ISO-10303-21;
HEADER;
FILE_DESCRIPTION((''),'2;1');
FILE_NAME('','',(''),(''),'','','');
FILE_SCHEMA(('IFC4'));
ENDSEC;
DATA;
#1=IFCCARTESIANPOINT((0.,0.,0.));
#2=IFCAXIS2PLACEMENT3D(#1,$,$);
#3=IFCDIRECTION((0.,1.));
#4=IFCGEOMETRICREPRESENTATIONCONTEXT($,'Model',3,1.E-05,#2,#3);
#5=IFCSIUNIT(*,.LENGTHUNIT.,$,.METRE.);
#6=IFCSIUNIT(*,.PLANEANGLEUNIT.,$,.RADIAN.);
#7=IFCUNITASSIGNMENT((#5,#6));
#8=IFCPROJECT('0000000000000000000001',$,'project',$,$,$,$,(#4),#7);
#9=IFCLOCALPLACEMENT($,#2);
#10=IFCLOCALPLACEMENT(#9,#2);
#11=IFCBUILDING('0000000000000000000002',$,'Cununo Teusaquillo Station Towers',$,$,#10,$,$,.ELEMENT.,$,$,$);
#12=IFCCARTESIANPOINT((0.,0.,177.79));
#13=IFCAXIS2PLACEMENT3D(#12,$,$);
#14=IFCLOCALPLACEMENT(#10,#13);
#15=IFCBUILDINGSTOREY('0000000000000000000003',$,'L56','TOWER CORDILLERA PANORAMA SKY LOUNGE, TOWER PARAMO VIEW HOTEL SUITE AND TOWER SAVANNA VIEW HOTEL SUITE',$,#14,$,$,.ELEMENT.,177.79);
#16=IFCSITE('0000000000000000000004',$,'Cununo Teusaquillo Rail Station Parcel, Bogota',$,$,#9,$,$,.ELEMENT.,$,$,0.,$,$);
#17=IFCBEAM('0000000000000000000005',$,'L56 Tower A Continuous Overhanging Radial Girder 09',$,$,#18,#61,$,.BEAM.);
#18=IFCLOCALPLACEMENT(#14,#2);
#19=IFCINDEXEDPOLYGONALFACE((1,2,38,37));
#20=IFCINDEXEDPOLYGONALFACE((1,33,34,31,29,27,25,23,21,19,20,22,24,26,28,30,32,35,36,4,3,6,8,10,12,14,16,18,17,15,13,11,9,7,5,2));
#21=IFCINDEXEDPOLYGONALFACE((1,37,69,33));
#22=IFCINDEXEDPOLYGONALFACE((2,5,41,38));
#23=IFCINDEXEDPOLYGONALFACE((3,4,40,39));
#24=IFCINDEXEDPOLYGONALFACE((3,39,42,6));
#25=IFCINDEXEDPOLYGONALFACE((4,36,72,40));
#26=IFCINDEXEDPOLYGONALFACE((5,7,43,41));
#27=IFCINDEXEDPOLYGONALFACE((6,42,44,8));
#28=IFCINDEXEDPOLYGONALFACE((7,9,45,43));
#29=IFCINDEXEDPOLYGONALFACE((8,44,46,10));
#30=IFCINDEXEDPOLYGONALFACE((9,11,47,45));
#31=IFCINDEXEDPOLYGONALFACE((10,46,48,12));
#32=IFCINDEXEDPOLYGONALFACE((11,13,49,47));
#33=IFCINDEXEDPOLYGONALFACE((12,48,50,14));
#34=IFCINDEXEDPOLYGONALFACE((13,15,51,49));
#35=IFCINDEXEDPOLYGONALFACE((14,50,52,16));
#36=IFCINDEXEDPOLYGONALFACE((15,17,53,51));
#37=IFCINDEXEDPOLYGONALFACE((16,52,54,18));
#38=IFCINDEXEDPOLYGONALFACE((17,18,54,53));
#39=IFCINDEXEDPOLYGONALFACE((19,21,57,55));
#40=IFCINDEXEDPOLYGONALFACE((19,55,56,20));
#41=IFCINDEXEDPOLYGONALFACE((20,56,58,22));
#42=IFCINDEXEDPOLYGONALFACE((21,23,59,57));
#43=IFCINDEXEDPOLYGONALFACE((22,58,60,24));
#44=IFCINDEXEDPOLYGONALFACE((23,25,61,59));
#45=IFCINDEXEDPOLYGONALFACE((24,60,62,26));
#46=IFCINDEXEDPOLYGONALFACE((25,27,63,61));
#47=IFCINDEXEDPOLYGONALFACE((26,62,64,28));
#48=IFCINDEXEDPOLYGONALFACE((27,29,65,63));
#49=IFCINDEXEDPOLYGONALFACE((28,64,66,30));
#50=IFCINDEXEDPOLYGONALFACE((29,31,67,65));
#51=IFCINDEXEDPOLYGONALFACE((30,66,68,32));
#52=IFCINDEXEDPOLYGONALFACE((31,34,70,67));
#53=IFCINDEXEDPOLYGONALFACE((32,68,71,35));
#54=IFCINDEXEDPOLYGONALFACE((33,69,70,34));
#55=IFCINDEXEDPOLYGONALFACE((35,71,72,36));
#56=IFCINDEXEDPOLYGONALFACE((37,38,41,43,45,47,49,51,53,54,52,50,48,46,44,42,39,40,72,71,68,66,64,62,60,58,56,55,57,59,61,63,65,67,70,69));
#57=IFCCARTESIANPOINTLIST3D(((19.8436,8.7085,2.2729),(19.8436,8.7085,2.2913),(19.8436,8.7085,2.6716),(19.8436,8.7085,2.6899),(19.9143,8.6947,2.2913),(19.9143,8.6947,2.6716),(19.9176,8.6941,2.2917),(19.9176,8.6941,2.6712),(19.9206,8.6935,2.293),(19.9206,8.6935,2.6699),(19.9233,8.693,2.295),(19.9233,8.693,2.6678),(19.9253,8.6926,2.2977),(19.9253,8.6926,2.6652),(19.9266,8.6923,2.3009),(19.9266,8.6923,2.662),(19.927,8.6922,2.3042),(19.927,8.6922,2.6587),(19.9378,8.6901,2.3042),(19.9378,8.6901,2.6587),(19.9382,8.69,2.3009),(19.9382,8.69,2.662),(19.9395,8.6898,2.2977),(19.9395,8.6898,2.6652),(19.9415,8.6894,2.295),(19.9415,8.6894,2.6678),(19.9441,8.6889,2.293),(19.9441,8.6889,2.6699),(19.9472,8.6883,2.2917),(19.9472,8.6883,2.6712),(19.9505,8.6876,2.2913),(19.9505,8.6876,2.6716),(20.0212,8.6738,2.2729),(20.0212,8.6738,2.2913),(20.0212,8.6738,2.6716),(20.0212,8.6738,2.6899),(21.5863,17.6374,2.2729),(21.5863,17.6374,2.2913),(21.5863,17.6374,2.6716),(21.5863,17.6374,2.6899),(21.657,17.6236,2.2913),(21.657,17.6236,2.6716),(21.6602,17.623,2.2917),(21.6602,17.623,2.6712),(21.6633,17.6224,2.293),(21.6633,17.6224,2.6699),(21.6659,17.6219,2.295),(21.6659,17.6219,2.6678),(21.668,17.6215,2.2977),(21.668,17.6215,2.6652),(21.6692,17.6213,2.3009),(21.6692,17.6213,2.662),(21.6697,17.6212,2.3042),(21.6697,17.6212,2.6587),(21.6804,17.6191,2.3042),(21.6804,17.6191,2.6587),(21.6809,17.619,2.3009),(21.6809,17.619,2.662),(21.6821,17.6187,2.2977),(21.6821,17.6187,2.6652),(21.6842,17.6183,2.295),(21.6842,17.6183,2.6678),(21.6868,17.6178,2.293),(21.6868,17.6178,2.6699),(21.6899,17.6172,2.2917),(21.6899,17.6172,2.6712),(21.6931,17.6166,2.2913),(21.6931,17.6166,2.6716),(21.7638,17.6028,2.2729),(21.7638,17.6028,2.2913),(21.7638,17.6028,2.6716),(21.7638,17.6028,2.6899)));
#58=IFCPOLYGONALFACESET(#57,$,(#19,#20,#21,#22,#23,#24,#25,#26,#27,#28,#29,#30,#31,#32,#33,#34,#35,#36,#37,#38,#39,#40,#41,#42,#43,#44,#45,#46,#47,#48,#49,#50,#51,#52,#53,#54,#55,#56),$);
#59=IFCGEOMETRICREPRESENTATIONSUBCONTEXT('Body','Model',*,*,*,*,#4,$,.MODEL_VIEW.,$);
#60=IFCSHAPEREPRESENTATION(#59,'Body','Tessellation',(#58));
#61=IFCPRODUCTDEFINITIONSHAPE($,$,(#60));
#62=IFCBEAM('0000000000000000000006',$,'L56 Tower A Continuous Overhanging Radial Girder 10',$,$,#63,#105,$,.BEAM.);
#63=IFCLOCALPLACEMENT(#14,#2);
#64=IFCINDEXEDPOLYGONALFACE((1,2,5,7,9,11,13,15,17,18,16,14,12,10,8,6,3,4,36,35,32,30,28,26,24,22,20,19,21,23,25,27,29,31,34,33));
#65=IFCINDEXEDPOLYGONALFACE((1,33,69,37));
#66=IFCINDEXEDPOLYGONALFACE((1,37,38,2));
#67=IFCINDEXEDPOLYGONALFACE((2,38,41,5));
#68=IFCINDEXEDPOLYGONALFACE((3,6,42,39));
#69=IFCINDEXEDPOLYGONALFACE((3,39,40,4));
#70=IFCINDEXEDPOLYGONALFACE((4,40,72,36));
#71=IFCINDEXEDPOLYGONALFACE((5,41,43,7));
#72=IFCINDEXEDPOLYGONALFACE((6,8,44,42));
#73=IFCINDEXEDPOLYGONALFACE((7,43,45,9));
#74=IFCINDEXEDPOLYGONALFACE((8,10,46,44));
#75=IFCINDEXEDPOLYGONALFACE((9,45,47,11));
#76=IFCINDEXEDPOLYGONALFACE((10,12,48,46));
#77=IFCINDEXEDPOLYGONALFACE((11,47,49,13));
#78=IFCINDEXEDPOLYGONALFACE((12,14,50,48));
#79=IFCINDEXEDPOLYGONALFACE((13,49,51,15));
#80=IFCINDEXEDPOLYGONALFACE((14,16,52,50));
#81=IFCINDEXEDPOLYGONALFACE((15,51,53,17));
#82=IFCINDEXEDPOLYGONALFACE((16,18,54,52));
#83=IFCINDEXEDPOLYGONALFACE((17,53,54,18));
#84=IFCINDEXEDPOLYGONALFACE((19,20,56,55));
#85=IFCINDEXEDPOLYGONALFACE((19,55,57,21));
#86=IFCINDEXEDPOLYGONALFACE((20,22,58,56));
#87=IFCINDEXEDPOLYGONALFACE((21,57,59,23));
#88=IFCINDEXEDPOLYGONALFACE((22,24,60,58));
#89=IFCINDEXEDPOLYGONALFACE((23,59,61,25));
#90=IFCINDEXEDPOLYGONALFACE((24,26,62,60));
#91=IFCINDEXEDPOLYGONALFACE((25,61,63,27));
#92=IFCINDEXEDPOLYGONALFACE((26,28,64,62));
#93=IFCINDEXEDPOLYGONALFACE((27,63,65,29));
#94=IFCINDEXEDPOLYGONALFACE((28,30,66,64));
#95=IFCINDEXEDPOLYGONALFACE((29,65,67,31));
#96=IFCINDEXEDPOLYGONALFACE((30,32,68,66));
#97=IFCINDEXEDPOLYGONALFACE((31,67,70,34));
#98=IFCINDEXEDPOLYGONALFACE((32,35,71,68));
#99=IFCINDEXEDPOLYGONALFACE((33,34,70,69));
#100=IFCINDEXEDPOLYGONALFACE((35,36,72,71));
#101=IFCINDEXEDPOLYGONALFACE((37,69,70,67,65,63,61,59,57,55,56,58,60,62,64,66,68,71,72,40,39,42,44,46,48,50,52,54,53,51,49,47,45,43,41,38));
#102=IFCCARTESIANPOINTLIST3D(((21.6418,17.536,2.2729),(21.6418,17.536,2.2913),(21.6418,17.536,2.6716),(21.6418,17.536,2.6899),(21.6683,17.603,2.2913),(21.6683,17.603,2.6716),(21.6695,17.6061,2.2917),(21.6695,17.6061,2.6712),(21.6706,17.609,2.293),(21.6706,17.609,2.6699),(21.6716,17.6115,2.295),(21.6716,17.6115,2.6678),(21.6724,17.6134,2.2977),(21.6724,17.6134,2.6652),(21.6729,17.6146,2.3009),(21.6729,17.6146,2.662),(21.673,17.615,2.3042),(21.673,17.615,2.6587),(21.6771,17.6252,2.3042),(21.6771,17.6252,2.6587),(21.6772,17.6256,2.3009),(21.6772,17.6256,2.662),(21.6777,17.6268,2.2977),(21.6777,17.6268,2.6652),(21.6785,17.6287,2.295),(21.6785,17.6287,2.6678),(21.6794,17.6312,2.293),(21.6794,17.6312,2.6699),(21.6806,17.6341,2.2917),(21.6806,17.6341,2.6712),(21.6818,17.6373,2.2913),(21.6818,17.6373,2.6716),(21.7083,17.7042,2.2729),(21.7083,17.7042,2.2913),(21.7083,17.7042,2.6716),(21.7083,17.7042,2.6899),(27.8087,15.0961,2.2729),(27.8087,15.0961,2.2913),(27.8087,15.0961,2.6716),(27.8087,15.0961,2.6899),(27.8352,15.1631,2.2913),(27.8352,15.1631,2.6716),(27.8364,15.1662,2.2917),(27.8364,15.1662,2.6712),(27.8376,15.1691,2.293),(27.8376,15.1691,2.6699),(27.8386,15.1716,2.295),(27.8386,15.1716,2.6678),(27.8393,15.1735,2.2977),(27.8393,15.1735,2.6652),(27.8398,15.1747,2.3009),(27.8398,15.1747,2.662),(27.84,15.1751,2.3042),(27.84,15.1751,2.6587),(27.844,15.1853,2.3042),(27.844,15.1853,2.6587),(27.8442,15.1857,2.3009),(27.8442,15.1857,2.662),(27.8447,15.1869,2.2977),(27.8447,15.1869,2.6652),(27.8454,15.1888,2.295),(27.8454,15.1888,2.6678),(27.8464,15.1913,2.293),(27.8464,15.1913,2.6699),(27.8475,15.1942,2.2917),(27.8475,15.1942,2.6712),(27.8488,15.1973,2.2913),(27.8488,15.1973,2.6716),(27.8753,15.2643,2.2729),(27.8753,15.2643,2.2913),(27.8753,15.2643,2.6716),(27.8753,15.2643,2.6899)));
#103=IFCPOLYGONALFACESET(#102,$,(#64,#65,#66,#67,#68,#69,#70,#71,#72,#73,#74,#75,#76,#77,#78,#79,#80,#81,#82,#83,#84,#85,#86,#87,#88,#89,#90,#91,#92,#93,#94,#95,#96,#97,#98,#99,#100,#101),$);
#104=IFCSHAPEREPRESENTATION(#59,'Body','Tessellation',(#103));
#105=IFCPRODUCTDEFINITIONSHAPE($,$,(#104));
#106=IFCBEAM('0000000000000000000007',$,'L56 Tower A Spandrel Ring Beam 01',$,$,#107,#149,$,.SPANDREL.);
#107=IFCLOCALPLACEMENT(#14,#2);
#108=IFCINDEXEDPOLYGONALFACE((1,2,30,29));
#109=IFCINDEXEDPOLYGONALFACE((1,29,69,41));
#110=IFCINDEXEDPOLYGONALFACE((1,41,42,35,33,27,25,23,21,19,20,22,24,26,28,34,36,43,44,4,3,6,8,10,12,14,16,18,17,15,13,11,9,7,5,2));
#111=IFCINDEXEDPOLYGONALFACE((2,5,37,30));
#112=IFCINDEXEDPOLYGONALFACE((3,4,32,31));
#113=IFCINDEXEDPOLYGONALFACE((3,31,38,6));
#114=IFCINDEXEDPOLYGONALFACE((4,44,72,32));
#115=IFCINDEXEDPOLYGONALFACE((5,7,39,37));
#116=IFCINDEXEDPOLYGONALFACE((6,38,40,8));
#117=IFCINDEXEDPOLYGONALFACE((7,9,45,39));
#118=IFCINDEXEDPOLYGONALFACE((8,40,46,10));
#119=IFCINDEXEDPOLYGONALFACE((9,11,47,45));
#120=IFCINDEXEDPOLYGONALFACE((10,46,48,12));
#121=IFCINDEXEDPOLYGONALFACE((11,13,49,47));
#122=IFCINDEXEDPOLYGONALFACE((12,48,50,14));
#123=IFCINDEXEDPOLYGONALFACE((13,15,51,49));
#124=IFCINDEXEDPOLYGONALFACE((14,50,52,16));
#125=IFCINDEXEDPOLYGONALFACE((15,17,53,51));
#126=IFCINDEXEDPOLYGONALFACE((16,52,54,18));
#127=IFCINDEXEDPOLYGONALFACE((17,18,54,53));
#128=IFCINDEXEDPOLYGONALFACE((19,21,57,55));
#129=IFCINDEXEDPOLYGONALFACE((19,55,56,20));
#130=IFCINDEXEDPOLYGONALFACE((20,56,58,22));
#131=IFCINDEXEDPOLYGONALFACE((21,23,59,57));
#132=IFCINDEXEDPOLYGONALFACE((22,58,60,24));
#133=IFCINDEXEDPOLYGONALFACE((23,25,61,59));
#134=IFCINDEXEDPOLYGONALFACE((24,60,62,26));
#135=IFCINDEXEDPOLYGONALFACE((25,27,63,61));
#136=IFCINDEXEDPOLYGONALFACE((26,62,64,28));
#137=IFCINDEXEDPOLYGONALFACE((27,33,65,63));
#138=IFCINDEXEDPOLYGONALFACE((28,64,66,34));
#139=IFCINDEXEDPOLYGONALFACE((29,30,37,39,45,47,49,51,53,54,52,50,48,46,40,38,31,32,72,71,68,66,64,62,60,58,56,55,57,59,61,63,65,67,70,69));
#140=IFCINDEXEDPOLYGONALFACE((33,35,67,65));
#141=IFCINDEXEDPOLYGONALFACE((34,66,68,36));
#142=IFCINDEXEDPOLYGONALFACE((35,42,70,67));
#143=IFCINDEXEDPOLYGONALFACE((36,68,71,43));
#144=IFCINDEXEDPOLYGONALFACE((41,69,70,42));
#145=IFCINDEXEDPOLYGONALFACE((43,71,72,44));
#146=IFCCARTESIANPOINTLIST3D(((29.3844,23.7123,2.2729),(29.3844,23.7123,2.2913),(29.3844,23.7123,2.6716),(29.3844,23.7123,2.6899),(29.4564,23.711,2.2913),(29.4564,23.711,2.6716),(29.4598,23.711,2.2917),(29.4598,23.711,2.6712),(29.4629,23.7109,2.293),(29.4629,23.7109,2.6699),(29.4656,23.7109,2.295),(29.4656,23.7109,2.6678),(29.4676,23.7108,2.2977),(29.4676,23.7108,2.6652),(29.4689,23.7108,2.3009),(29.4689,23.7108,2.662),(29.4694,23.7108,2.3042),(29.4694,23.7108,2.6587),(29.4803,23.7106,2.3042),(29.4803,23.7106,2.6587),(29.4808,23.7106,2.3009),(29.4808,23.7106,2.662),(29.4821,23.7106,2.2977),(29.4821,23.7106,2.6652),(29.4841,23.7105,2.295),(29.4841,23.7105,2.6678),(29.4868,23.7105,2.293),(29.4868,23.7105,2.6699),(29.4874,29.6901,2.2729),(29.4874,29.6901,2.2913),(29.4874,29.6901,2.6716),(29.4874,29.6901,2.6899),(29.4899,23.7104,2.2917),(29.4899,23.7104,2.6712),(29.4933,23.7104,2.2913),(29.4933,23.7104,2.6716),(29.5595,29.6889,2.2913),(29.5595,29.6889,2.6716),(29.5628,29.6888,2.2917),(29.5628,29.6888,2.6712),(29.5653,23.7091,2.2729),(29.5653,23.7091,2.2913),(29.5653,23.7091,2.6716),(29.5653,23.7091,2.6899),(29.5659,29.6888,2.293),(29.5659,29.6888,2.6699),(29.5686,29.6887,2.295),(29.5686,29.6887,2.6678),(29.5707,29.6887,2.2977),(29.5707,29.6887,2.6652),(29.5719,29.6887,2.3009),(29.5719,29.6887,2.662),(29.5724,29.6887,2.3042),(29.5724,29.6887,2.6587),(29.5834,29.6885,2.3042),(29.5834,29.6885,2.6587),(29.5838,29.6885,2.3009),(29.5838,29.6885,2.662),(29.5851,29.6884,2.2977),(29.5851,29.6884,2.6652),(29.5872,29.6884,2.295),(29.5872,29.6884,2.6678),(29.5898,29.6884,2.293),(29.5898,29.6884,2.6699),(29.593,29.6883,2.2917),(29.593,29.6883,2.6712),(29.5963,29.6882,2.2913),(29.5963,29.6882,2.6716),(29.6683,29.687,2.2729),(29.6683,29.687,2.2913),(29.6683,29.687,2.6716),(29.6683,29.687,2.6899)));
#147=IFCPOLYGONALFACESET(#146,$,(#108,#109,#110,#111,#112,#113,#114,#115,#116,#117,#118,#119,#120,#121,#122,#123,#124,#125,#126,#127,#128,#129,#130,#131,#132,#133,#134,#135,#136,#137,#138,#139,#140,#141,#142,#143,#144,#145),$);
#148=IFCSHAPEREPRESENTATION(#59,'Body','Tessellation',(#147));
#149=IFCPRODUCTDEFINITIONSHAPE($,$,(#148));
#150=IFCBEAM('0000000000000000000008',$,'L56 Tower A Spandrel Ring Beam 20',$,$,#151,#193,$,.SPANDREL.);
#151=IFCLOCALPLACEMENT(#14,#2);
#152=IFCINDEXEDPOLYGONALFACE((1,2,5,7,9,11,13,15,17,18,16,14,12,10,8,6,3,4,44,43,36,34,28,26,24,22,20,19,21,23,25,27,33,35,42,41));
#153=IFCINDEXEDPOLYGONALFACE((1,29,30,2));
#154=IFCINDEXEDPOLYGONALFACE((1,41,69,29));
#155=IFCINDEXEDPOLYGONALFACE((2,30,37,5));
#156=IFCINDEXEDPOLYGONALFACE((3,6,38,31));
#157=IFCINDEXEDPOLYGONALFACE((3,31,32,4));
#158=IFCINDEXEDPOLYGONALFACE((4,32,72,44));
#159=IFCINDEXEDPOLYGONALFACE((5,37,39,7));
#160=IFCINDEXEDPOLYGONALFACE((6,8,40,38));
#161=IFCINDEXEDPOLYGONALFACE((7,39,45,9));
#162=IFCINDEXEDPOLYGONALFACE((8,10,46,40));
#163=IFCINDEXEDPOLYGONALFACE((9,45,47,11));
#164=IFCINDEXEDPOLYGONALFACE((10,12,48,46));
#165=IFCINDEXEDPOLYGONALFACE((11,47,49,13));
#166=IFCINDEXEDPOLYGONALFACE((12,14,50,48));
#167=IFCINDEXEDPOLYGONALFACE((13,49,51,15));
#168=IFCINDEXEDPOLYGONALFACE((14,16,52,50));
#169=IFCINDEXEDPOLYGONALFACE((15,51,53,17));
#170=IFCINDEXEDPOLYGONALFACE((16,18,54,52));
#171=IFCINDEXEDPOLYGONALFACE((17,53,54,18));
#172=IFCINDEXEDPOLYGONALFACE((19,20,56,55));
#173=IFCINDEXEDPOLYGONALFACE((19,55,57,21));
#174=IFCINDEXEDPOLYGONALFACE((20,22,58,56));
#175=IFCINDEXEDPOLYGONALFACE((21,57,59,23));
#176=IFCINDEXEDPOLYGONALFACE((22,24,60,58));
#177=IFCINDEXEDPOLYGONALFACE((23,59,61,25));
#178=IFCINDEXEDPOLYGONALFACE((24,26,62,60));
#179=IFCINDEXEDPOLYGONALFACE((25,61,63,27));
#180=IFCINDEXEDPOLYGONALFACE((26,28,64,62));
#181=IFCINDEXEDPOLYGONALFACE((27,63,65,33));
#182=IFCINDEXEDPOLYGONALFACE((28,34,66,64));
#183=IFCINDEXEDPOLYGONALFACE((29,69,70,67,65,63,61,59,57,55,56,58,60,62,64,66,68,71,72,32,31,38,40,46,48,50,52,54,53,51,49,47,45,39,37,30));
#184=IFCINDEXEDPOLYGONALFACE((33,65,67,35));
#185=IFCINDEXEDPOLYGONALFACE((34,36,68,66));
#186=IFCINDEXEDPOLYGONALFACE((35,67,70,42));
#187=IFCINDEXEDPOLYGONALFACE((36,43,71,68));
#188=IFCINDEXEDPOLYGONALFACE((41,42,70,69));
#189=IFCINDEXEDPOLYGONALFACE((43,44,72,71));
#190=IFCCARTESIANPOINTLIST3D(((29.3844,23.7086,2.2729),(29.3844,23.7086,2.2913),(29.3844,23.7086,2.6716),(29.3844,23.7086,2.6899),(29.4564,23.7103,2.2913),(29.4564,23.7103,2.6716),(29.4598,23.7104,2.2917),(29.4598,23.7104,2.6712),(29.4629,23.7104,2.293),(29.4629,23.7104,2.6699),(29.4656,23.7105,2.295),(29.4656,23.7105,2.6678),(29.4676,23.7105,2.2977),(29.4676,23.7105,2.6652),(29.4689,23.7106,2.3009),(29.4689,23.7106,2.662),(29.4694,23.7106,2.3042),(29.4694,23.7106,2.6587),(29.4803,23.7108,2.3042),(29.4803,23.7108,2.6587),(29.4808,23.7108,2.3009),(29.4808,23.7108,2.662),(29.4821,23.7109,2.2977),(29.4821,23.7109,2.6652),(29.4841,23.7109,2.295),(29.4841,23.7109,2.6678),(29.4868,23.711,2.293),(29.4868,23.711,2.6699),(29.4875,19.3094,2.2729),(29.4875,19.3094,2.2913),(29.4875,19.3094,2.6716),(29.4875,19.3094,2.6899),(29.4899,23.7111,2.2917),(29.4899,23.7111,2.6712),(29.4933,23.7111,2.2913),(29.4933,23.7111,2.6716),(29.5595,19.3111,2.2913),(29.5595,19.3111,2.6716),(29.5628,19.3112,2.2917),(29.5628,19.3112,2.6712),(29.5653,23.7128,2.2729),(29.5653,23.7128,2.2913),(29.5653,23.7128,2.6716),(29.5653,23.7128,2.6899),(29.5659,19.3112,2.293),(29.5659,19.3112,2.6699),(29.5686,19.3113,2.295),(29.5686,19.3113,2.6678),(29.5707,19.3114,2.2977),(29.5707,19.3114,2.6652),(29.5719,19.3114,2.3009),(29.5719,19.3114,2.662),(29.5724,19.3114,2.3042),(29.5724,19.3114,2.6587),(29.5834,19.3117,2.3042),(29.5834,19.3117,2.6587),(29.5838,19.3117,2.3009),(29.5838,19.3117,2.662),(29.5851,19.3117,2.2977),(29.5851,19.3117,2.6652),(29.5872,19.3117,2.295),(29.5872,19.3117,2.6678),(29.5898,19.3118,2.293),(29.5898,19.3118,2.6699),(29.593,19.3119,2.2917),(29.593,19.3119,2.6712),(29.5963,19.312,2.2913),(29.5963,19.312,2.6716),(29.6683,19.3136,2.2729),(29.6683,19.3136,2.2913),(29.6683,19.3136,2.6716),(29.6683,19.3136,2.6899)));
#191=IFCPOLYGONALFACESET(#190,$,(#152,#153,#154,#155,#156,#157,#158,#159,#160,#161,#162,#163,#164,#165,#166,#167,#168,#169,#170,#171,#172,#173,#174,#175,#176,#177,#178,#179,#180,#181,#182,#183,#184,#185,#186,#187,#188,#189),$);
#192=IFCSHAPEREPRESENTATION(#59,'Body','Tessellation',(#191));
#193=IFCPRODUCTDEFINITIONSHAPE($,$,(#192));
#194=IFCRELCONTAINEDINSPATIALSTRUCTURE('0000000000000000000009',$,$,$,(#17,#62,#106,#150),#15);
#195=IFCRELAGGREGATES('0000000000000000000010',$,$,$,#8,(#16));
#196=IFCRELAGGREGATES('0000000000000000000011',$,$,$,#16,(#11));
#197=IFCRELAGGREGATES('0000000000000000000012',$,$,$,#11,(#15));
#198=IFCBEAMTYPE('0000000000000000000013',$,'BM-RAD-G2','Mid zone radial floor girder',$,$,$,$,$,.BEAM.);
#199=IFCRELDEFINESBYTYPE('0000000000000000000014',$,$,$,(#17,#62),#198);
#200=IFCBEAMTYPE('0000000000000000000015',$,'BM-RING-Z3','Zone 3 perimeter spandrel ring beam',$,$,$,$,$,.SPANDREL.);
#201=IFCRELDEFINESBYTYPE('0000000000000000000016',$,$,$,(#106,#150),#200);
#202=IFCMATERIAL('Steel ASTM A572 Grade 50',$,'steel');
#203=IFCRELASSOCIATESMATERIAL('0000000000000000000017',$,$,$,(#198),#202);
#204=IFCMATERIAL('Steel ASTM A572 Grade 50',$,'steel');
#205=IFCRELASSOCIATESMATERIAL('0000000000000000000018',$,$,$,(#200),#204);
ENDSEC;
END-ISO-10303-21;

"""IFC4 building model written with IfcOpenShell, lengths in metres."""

from ifc_helpers import new_model, si_unit, direction, frame, origin, origin_2d, place, context, subcontext, project, spatial, i_section, extrude, material, material_profile, profile_set, type_object, element, save


model = new_model("IFC4")

# Units and contexts
model_context = context("Model", 3, precision=1e-05, world=origin(), true_north=direction((0.0, 1.0)))
body_context = subcontext(model_context, "Body", "Model", "MODEL_VIEW")
ifc_project = project(units=[si_unit("LENGTHUNIT", "METRE"), si_unit("PLANEANGLEUNIT", "RADIAN")], contexts=[model_context])

# Site, building, storey
site_placement = place(None, origin())
site = spatial("IfcSite", under=ifc_project, at=site_placement, Name="Cununo Teusaquillo Rail Station Parcel, Bogota", CompositionType="ELEMENT", RefElevation=0.0)
building_placement = place(site_placement, origin())
building = spatial("IfcBuilding", under=site, at=building_placement, Name="Cununo Teusaquillo Station Towers", CompositionType="ELEMENT")
storey_placement = place(building_placement, frame((0.0, 0.0, 177.79)))
storey = spatial("IfcBuildingStorey", under=building, at=storey_placement, Name="L56", Description="TOWER CORDILLERA PANORAMA SKY LOUNGE, TOWER PARAMO VIEW HOTEL SUITE AND TOWER SAVANNA VIEW HOTEL SUITE", CompositionType="ELEMENT", Elevation=177.79)

# Beams
ifc_material_1 = material(Name="Steel ASTM A572 Grade 50", Category="steel")
ifc_material_profile_1 = material_profile(ifc_material_1, i_section(OverallWidth=0.1809, OverallDepth=0.417, WebThickness=0.011, FlangeThickness=0.0183, FilletRadius=0.0129, at=origin_2d()), Name="W16X57")
ifc_profile_set_1 = profile_set([ifc_material_profile_1], Name="Steel ASTM A572 Grade 50")
beam_type_1 = type_object("IfcBeamType", Name="BM-RAD-G2", Description="Mid zone radial floor girder", PredefinedType="BEAM", material=ifc_profile_set_1)
beam_1_placement = place(storey_placement, frame((21.675, 17.6201, 2.4814), z_axis=(-0.191557, -0.981481, 0.0), x_axis=(0.981481, -0.191557, 0.0)))
element("IfcBeam", 1, at=beam_1_placement, inside=storey, type_object=beam_type_1, Name="L56 Tower A Continuous Overhanging Radial Girder 09", PredefinedType="BEAM", context=body_context, shape_type="SweptSolid", body=[
    extrude(i_section(OverallWidth=0.1809, OverallDepth=0.417, WebThickness=0.011, FlangeThickness=0.0183, FilletRadius=0.0129, at=origin_2d()), origin(), (0.0, 0.0, 1.0), 9.0974),
])
beam_2_placement = place(storey_placement, frame((21.675, 17.6201, 2.4814), z_axis=(0.929866, -0.367897, 0.0), x_axis=(0.367897, 0.929866, 0.0)))
element("IfcBeam", 2, at=beam_2_placement, inside=storey, type_object=beam_type_1, Name="L56 Tower A Continuous Overhanging Radial Girder 10", PredefinedType="BEAM", context=body_context, shape_type="SweptSolid", body=[
    extrude(i_section(OverallWidth=0.1809, OverallDepth=0.417, WebThickness=0.011, FlangeThickness=0.0183, FilletRadius=0.0129, at=origin_2d()), origin(), (0.0, 0.0, 1.0), 6.6321),
])
ifc_material_2 = material(Name="Steel ASTM A572 Grade 50", Category="steel")
ifc_material_profile_2 = material_profile(ifc_material_2, i_section(OverallWidth=0.1809, OverallDepth=0.417, WebThickness=0.011, FlangeThickness=0.0183, FilletRadius=0.0129, at=origin_2d()), Name="W16X57")
ifc_profile_set_2 = profile_set([ifc_material_profile_2], Name="Steel ASTM A572 Grade 50")
beam_type_2 = type_object("IfcBeamType", Name="BM-RING-Z3", Description="Zone 3 perimeter spandrel ring beam", PredefinedType="SPANDREL", material=ifc_profile_set_2)
beam_3_placement = place(storey_placement, frame((29.4749, 23.7107, 2.4814), z_axis=(0.017232, 0.999852, 0.0), x_axis=(-0.999852, 0.017232, 0.0)))
element("IfcBeam", 3, at=beam_3_placement, inside=storey, type_object=beam_type_2, Name="L56 Tower A Spandrel Ring Beam 01", PredefinedType="SPANDREL", context=body_context, shape_type="SweptSolid", body=[
    extrude(i_section(OverallWidth=0.1809, OverallDepth=0.417, WebThickness=0.011, FlangeThickness=0.0183, FilletRadius=0.0129, at=origin_2d()), origin(), (0.0, 0.0, 1.0), 5.9788),
])
beam_4_placement = place(storey_placement, frame((29.5779, 19.3115, 2.4814), z_axis=(-0.023413, 0.999726, 0.0), x_axis=(-0.999726, -0.023413, 0.0)))
element("IfcBeam", 4, at=beam_4_placement, inside=storey, type_object=beam_type_2, Name="L56 Tower A Spandrel Ring Beam 20", PredefinedType="SPANDREL", context=body_context, shape_type="SweptSolid", body=[
    extrude(i_section(OverallWidth=0.1809, OverallDepth=0.417, WebThickness=0.011, FlangeThickness=0.0183, FilletRadius=0.0129, at=origin_2d()), origin(), (0.0, 0.0, 1.0), 4.4004),
])

save(model, "model.ifc")
